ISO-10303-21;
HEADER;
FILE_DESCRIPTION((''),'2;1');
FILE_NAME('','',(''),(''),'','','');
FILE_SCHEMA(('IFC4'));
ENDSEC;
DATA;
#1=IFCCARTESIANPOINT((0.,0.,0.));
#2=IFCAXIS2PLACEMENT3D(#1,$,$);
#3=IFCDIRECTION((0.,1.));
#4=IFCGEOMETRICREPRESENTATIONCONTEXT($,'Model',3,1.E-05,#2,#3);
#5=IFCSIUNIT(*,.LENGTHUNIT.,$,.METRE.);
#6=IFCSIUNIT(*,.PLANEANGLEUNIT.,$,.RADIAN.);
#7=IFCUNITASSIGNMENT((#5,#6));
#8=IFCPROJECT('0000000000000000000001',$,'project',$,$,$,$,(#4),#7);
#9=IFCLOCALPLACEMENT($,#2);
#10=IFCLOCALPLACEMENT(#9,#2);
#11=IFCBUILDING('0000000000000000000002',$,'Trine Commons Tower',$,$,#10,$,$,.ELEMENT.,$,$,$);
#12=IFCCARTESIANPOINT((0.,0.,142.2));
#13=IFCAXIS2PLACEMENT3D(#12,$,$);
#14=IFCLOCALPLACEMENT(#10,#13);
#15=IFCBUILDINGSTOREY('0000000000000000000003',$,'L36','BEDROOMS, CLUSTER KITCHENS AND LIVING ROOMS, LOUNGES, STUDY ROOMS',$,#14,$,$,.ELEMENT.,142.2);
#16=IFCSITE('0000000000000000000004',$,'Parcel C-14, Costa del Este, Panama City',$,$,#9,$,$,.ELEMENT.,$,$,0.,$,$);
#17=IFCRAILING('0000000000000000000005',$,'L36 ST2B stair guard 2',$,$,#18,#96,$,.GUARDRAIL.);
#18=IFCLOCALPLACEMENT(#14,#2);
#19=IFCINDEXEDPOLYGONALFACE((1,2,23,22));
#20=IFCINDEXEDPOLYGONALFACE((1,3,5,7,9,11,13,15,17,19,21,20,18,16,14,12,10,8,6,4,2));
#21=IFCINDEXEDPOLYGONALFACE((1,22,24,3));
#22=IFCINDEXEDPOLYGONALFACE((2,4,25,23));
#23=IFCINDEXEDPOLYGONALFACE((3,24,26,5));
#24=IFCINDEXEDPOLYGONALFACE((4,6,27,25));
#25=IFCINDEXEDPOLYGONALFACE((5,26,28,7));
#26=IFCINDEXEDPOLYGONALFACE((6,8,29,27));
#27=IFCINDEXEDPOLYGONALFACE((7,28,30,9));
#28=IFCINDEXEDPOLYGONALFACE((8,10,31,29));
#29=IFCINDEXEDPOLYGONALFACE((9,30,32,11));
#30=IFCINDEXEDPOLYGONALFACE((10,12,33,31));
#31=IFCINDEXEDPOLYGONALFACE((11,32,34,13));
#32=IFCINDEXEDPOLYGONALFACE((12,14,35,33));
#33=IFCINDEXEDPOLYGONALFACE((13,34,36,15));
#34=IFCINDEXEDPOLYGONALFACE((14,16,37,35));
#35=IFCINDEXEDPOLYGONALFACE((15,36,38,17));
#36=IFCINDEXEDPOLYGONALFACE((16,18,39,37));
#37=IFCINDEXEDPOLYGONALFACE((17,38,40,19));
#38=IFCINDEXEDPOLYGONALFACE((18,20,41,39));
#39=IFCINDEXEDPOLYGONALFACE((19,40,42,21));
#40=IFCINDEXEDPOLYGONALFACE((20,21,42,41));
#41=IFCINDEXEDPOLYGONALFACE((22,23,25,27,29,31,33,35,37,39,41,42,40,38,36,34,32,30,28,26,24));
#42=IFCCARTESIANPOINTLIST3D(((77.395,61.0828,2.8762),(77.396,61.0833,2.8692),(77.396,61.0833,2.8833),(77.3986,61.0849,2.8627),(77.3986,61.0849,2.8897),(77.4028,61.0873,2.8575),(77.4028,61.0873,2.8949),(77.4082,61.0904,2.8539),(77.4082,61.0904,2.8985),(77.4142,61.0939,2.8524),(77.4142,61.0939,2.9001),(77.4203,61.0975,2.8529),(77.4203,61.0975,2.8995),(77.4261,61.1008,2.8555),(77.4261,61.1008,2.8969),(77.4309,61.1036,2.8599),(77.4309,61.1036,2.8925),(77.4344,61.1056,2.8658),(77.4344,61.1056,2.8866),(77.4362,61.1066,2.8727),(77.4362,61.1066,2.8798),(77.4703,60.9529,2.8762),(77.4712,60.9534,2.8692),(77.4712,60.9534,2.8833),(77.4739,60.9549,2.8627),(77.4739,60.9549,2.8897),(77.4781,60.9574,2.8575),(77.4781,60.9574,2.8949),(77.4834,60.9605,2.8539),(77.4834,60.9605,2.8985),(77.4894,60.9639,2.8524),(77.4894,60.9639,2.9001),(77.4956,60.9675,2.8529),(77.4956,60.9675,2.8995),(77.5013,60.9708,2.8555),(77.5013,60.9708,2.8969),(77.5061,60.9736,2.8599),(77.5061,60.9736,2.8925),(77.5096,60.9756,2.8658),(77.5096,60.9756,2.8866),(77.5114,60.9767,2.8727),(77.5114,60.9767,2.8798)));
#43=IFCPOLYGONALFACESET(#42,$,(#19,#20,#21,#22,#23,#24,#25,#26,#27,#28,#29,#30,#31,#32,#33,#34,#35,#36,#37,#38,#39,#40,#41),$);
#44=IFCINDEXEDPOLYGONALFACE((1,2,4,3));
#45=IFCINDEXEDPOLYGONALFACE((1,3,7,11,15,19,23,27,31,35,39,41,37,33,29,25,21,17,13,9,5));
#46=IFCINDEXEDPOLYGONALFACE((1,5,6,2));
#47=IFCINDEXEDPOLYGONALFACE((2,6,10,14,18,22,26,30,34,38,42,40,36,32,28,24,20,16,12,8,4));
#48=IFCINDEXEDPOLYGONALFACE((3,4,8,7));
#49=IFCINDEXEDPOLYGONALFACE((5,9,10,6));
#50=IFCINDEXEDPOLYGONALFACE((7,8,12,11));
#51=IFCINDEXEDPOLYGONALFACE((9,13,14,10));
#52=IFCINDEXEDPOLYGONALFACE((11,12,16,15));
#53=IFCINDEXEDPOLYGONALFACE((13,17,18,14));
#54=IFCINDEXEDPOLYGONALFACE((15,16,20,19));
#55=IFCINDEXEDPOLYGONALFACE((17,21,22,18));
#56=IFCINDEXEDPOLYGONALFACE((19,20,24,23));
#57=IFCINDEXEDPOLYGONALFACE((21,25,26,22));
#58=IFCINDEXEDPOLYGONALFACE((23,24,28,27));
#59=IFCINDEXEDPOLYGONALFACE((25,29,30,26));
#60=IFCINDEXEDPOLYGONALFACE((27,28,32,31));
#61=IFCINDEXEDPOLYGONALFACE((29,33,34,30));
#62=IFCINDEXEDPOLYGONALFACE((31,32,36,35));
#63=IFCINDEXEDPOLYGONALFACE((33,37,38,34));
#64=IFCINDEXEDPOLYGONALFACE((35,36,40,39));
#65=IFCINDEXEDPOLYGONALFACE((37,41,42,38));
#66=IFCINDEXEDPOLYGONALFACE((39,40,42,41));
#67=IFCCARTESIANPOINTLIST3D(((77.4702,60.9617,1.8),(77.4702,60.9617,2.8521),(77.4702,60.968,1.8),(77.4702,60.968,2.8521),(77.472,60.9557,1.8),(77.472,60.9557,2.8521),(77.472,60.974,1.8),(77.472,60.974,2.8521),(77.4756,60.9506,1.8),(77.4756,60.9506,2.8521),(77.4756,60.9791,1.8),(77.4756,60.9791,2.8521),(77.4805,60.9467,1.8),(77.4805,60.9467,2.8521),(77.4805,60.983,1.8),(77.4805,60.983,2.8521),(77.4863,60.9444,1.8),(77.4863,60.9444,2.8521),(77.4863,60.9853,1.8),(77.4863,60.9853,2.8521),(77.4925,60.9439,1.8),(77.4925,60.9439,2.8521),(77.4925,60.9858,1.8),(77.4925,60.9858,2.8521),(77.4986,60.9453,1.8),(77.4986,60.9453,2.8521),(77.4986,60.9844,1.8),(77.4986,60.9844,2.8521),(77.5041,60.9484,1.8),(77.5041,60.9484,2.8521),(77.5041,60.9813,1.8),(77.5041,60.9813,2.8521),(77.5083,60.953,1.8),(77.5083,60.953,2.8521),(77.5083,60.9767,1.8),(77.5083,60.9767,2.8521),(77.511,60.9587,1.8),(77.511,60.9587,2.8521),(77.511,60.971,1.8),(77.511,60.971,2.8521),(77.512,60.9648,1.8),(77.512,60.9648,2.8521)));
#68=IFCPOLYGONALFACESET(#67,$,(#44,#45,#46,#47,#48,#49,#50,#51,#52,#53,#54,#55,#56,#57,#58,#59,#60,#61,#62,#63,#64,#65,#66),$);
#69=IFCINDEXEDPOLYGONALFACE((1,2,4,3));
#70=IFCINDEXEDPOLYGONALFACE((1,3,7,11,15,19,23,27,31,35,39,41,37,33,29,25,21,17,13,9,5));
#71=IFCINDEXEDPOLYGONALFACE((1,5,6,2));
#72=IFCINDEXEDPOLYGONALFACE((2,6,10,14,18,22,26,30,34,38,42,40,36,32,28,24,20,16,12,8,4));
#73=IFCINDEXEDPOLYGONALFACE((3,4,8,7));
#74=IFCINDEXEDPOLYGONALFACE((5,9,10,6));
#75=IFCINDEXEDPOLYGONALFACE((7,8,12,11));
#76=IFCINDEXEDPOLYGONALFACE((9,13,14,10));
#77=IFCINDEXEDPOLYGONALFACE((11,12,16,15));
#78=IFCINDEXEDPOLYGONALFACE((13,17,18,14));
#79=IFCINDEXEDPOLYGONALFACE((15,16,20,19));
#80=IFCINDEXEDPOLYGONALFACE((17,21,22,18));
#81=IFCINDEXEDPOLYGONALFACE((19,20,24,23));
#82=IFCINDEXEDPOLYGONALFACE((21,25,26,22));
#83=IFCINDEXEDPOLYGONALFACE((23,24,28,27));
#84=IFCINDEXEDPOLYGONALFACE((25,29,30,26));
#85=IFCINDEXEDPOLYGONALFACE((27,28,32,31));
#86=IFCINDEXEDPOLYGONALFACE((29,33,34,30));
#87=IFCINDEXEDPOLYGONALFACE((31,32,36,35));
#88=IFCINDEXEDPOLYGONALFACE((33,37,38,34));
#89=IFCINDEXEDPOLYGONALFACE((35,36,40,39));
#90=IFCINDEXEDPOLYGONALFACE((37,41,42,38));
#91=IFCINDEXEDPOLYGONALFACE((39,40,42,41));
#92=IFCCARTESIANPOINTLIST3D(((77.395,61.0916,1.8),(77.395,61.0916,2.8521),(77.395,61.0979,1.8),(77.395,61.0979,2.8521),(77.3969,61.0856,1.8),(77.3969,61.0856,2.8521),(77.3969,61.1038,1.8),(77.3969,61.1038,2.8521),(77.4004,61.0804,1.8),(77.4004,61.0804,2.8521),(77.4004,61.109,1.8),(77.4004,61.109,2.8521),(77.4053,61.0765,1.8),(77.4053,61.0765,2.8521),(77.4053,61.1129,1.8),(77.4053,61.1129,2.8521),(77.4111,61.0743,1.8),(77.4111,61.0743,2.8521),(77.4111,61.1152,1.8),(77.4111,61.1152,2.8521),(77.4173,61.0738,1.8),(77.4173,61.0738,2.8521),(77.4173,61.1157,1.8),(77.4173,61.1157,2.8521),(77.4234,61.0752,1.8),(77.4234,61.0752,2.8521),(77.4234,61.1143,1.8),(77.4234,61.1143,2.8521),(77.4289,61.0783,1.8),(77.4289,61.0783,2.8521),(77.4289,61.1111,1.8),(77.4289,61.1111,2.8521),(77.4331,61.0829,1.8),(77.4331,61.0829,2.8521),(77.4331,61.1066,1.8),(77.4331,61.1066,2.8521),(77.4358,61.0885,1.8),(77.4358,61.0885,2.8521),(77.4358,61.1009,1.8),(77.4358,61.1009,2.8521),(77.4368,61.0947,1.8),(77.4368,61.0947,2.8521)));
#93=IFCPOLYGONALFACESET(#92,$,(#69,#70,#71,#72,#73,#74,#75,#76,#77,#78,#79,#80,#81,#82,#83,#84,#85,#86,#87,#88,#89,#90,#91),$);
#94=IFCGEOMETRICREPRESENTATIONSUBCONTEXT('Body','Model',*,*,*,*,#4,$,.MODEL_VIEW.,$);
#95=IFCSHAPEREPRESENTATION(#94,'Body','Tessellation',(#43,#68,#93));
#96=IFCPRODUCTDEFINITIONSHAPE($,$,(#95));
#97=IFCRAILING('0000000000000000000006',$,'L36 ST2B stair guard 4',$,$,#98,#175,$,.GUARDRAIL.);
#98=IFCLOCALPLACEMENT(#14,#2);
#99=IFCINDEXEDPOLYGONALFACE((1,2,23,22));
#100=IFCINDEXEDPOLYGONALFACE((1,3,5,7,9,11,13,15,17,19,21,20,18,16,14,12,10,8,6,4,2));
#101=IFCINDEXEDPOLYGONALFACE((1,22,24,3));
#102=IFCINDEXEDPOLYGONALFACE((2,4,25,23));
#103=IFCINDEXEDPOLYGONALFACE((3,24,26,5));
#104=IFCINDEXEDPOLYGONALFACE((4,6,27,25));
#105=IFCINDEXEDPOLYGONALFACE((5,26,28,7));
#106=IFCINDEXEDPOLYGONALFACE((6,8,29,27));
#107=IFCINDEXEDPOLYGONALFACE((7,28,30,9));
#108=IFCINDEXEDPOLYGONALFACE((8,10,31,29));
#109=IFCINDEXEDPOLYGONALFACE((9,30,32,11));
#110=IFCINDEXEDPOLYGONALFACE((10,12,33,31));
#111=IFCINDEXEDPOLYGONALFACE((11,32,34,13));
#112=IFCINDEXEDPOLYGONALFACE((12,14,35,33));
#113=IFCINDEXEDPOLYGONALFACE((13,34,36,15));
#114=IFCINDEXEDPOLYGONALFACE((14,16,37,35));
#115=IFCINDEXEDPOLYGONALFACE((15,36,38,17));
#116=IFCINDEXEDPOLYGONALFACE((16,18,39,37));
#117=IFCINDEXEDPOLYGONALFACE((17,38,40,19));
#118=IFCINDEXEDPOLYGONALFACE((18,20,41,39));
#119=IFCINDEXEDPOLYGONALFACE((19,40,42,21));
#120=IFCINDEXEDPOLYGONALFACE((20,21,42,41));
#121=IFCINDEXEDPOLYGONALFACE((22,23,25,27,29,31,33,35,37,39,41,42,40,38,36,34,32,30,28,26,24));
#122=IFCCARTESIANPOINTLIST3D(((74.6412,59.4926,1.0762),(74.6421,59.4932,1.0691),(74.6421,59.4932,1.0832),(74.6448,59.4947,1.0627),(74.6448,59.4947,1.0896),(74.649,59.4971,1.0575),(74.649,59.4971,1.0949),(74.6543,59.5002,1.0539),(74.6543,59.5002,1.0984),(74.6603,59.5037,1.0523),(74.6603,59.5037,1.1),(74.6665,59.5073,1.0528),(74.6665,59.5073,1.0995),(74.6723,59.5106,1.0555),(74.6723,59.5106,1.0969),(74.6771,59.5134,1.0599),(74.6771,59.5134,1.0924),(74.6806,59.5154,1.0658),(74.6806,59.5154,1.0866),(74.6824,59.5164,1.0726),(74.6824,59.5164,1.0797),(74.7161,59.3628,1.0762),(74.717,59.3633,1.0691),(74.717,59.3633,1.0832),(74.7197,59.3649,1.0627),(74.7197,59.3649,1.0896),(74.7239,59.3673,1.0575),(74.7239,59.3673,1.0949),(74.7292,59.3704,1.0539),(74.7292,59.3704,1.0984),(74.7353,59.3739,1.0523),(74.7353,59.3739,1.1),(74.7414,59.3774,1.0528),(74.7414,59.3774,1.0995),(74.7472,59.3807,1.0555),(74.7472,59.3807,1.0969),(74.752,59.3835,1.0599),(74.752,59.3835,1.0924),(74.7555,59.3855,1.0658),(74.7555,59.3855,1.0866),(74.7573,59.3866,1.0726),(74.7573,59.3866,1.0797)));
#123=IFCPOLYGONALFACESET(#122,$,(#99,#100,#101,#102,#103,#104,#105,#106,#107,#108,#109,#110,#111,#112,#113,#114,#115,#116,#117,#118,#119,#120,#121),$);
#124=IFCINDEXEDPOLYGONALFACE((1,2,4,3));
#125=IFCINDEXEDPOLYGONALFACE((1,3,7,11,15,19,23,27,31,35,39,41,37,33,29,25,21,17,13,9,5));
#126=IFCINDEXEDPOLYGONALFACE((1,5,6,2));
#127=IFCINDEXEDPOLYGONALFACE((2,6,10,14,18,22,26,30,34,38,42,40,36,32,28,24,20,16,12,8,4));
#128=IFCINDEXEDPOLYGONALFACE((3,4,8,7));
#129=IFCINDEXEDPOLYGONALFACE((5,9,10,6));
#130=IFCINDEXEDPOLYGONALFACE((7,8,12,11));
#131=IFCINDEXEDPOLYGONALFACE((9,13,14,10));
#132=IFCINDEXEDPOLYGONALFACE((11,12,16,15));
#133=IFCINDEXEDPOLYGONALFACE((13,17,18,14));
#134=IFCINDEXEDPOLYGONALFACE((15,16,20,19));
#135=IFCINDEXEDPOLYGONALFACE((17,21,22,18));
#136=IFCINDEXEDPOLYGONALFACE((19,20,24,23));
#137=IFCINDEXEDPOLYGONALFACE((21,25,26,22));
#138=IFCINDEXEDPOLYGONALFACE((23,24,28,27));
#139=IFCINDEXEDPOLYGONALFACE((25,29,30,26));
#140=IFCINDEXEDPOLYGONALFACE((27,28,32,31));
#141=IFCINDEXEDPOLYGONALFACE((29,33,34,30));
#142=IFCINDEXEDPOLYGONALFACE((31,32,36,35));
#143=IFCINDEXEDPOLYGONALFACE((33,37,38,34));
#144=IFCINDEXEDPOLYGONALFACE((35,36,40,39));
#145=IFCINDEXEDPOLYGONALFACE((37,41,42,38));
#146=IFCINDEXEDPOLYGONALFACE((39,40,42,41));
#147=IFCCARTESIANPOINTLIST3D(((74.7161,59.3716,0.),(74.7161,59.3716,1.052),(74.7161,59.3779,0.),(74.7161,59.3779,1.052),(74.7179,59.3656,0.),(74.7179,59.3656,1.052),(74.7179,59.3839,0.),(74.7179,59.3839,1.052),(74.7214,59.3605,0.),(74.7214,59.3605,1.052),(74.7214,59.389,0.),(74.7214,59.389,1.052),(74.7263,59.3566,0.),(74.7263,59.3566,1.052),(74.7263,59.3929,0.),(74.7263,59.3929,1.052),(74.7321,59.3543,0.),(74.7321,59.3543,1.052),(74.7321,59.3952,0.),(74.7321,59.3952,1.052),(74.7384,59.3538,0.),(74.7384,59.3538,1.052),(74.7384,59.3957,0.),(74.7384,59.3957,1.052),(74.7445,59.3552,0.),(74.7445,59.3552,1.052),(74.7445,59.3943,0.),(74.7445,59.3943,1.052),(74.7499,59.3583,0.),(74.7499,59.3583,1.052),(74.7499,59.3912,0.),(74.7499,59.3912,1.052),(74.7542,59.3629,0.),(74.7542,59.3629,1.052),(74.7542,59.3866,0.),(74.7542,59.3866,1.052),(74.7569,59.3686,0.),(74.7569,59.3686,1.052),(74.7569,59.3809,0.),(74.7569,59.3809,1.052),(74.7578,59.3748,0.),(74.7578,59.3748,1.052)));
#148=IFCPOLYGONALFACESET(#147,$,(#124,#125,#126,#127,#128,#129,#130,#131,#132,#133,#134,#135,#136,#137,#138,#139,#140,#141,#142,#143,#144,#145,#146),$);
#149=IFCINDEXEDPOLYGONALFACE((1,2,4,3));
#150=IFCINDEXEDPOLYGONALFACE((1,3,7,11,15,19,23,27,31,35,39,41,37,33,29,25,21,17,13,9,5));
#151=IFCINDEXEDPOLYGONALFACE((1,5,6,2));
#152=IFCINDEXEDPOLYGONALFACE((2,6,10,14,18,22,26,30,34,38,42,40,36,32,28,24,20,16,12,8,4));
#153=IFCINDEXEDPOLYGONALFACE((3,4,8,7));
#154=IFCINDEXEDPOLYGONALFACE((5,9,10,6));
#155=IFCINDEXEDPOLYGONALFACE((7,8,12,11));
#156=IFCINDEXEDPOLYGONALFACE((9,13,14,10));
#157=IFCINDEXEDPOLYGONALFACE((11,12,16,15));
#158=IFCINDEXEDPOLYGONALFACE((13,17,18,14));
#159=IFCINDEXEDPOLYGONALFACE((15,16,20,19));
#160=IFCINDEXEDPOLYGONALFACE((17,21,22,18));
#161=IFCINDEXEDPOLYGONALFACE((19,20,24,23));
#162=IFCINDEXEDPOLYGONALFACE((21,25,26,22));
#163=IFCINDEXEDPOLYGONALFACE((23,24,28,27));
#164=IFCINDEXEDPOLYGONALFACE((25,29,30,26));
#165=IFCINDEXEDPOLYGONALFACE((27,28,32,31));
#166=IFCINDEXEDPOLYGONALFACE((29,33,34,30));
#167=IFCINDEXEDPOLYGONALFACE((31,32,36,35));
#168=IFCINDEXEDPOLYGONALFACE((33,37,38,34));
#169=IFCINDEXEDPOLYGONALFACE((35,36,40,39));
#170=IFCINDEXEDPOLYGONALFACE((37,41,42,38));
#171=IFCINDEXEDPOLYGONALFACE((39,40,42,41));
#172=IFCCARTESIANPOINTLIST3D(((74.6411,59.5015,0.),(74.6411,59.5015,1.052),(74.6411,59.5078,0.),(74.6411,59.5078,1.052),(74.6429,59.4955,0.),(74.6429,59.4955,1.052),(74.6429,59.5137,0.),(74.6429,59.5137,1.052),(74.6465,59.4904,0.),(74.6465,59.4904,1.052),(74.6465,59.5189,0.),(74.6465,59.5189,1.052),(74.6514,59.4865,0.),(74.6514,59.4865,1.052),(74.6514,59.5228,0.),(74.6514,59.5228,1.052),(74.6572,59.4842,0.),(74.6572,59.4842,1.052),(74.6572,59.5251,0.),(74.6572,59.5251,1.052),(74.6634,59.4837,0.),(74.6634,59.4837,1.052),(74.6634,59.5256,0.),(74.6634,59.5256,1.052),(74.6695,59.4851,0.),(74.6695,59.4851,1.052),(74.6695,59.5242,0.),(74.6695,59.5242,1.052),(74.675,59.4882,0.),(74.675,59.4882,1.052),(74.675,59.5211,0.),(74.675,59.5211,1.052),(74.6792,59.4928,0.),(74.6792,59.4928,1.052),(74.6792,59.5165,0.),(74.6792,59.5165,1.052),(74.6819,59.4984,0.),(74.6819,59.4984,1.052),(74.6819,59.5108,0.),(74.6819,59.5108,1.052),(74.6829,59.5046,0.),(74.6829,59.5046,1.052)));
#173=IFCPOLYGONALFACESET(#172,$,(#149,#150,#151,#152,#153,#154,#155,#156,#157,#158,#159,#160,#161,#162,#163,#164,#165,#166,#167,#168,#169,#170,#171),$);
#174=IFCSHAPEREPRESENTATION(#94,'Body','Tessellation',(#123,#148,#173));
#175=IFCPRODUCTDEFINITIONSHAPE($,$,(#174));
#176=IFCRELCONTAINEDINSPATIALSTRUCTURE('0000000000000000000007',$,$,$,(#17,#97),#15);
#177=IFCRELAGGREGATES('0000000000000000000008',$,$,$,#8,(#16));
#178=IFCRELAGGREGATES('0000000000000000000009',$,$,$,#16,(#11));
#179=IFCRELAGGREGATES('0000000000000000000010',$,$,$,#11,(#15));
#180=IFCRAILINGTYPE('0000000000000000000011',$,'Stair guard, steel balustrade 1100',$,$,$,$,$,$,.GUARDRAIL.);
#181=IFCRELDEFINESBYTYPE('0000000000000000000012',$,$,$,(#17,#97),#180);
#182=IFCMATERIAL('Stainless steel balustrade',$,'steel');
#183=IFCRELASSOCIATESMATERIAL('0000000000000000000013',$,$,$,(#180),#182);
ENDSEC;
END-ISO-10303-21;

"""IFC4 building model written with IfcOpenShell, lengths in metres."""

from ifc_helpers import new_model, si_unit, direction, frame, origin, origin_2d, place, context, subcontext, project, spatial, circle, extrude, material, type_object, element, save


model = new_model("IFC4")

# Units and contexts
model_context = context("Model", 3, precision=1e-05, world=origin(), true_north=direction((0.0, 1.0)))
body_context = subcontext(model_context, "Body", "Model", "MODEL_VIEW")
ifc_project = project(units=[si_unit("LENGTHUNIT", "METRE"), si_unit("PLANEANGLEUNIT", "RADIAN")], contexts=[model_context])

# Site, building, storey
site_placement = place(None, origin())
site = spatial("IfcSite", under=ifc_project, at=site_placement, Name="Parcel C-14, Costa del Este, Panama City", CompositionType="ELEMENT", RefElevation=0.0)
building_placement = place(site_placement, origin())
building = spatial("IfcBuilding", under=site, at=building_placement, Name="Trine Commons Tower", CompositionType="ELEMENT")
storey_placement = place(building_placement, frame((0.0, 0.0, 142.2)))
storey = spatial("IfcBuildingStorey", under=building, at=storey_placement, Name="L36", Description="BEDROOMS, CLUSTER KITCHENS AND LIVING ROOMS, LOUNGES, STUDY ROOMS", CompositionType="ELEMENT", Elevation=142.2)

# Railings
ifc_material_1 = material(Name="Stainless steel balustrade", Category="steel")
railing_type_1 = type_object("IfcRailingType", Name="Stair guard, steel balustrade 1100", PredefinedType="GUARDRAIL", material=ifc_material_1)
railing_1_placement = place(storey_placement, frame((77.491, 60.9648, 1.8)))
element("IfcRailing", 1, at=railing_1_placement, inside=storey, type_object=railing_type_1, Name="L36 ST2B stair guard 2", PredefinedType="GUARDRAIL", context=body_context, shape_type="SweptSolid", body=[
    extrude(circle(Radius=0.0239, at=origin_2d()), frame((0.0, 0.0, 1.0762), z_axis=(-0.501036, 0.865426, 0.0), x_axis=(-0.865426, -0.501036, 0.0)), (0.0, 0.0, 1.0), 0.1501),
    extrude(circle(Radius=0.021, at=origin_2d()), origin(), (0.0, 0.0, 1.0), 1.052),
    extrude(circle(Radius=0.021, at=origin_2d()), frame((-0.0752, 0.1299, 0.0)), (0.0, 0.0, 1.0), 1.052),
])
railing_2_placement = place(storey_placement, frame((74.7368, 59.3748, 0.0)))
element("IfcRailing", 2, at=railing_2_placement, inside=storey, type_object=railing_type_1, Name="L36 ST2B stair guard 4", PredefinedType="GUARDRAIL", context=body_context, shape_type="SweptSolid", body=[
    extrude(circle(Radius=0.0239, at=origin_2d()), frame((0.0, 0.0, 1.0762), z_axis=(-0.499816, 0.866131, 0.0), x_axis=(-0.866131, -0.499816, 0.0)), (0.0, 0.0, 1.0), 0.1499),
    extrude(circle(Radius=0.021, at=origin_2d()), origin(), (0.0, 0.0, 1.0), 1.052),
    extrude(circle(Radius=0.021, at=origin_2d()), frame((-0.075, 0.1299, 0.0)), (0.0, 0.0, 1.0), 1.052),
])

save(model, "model.ifc")
